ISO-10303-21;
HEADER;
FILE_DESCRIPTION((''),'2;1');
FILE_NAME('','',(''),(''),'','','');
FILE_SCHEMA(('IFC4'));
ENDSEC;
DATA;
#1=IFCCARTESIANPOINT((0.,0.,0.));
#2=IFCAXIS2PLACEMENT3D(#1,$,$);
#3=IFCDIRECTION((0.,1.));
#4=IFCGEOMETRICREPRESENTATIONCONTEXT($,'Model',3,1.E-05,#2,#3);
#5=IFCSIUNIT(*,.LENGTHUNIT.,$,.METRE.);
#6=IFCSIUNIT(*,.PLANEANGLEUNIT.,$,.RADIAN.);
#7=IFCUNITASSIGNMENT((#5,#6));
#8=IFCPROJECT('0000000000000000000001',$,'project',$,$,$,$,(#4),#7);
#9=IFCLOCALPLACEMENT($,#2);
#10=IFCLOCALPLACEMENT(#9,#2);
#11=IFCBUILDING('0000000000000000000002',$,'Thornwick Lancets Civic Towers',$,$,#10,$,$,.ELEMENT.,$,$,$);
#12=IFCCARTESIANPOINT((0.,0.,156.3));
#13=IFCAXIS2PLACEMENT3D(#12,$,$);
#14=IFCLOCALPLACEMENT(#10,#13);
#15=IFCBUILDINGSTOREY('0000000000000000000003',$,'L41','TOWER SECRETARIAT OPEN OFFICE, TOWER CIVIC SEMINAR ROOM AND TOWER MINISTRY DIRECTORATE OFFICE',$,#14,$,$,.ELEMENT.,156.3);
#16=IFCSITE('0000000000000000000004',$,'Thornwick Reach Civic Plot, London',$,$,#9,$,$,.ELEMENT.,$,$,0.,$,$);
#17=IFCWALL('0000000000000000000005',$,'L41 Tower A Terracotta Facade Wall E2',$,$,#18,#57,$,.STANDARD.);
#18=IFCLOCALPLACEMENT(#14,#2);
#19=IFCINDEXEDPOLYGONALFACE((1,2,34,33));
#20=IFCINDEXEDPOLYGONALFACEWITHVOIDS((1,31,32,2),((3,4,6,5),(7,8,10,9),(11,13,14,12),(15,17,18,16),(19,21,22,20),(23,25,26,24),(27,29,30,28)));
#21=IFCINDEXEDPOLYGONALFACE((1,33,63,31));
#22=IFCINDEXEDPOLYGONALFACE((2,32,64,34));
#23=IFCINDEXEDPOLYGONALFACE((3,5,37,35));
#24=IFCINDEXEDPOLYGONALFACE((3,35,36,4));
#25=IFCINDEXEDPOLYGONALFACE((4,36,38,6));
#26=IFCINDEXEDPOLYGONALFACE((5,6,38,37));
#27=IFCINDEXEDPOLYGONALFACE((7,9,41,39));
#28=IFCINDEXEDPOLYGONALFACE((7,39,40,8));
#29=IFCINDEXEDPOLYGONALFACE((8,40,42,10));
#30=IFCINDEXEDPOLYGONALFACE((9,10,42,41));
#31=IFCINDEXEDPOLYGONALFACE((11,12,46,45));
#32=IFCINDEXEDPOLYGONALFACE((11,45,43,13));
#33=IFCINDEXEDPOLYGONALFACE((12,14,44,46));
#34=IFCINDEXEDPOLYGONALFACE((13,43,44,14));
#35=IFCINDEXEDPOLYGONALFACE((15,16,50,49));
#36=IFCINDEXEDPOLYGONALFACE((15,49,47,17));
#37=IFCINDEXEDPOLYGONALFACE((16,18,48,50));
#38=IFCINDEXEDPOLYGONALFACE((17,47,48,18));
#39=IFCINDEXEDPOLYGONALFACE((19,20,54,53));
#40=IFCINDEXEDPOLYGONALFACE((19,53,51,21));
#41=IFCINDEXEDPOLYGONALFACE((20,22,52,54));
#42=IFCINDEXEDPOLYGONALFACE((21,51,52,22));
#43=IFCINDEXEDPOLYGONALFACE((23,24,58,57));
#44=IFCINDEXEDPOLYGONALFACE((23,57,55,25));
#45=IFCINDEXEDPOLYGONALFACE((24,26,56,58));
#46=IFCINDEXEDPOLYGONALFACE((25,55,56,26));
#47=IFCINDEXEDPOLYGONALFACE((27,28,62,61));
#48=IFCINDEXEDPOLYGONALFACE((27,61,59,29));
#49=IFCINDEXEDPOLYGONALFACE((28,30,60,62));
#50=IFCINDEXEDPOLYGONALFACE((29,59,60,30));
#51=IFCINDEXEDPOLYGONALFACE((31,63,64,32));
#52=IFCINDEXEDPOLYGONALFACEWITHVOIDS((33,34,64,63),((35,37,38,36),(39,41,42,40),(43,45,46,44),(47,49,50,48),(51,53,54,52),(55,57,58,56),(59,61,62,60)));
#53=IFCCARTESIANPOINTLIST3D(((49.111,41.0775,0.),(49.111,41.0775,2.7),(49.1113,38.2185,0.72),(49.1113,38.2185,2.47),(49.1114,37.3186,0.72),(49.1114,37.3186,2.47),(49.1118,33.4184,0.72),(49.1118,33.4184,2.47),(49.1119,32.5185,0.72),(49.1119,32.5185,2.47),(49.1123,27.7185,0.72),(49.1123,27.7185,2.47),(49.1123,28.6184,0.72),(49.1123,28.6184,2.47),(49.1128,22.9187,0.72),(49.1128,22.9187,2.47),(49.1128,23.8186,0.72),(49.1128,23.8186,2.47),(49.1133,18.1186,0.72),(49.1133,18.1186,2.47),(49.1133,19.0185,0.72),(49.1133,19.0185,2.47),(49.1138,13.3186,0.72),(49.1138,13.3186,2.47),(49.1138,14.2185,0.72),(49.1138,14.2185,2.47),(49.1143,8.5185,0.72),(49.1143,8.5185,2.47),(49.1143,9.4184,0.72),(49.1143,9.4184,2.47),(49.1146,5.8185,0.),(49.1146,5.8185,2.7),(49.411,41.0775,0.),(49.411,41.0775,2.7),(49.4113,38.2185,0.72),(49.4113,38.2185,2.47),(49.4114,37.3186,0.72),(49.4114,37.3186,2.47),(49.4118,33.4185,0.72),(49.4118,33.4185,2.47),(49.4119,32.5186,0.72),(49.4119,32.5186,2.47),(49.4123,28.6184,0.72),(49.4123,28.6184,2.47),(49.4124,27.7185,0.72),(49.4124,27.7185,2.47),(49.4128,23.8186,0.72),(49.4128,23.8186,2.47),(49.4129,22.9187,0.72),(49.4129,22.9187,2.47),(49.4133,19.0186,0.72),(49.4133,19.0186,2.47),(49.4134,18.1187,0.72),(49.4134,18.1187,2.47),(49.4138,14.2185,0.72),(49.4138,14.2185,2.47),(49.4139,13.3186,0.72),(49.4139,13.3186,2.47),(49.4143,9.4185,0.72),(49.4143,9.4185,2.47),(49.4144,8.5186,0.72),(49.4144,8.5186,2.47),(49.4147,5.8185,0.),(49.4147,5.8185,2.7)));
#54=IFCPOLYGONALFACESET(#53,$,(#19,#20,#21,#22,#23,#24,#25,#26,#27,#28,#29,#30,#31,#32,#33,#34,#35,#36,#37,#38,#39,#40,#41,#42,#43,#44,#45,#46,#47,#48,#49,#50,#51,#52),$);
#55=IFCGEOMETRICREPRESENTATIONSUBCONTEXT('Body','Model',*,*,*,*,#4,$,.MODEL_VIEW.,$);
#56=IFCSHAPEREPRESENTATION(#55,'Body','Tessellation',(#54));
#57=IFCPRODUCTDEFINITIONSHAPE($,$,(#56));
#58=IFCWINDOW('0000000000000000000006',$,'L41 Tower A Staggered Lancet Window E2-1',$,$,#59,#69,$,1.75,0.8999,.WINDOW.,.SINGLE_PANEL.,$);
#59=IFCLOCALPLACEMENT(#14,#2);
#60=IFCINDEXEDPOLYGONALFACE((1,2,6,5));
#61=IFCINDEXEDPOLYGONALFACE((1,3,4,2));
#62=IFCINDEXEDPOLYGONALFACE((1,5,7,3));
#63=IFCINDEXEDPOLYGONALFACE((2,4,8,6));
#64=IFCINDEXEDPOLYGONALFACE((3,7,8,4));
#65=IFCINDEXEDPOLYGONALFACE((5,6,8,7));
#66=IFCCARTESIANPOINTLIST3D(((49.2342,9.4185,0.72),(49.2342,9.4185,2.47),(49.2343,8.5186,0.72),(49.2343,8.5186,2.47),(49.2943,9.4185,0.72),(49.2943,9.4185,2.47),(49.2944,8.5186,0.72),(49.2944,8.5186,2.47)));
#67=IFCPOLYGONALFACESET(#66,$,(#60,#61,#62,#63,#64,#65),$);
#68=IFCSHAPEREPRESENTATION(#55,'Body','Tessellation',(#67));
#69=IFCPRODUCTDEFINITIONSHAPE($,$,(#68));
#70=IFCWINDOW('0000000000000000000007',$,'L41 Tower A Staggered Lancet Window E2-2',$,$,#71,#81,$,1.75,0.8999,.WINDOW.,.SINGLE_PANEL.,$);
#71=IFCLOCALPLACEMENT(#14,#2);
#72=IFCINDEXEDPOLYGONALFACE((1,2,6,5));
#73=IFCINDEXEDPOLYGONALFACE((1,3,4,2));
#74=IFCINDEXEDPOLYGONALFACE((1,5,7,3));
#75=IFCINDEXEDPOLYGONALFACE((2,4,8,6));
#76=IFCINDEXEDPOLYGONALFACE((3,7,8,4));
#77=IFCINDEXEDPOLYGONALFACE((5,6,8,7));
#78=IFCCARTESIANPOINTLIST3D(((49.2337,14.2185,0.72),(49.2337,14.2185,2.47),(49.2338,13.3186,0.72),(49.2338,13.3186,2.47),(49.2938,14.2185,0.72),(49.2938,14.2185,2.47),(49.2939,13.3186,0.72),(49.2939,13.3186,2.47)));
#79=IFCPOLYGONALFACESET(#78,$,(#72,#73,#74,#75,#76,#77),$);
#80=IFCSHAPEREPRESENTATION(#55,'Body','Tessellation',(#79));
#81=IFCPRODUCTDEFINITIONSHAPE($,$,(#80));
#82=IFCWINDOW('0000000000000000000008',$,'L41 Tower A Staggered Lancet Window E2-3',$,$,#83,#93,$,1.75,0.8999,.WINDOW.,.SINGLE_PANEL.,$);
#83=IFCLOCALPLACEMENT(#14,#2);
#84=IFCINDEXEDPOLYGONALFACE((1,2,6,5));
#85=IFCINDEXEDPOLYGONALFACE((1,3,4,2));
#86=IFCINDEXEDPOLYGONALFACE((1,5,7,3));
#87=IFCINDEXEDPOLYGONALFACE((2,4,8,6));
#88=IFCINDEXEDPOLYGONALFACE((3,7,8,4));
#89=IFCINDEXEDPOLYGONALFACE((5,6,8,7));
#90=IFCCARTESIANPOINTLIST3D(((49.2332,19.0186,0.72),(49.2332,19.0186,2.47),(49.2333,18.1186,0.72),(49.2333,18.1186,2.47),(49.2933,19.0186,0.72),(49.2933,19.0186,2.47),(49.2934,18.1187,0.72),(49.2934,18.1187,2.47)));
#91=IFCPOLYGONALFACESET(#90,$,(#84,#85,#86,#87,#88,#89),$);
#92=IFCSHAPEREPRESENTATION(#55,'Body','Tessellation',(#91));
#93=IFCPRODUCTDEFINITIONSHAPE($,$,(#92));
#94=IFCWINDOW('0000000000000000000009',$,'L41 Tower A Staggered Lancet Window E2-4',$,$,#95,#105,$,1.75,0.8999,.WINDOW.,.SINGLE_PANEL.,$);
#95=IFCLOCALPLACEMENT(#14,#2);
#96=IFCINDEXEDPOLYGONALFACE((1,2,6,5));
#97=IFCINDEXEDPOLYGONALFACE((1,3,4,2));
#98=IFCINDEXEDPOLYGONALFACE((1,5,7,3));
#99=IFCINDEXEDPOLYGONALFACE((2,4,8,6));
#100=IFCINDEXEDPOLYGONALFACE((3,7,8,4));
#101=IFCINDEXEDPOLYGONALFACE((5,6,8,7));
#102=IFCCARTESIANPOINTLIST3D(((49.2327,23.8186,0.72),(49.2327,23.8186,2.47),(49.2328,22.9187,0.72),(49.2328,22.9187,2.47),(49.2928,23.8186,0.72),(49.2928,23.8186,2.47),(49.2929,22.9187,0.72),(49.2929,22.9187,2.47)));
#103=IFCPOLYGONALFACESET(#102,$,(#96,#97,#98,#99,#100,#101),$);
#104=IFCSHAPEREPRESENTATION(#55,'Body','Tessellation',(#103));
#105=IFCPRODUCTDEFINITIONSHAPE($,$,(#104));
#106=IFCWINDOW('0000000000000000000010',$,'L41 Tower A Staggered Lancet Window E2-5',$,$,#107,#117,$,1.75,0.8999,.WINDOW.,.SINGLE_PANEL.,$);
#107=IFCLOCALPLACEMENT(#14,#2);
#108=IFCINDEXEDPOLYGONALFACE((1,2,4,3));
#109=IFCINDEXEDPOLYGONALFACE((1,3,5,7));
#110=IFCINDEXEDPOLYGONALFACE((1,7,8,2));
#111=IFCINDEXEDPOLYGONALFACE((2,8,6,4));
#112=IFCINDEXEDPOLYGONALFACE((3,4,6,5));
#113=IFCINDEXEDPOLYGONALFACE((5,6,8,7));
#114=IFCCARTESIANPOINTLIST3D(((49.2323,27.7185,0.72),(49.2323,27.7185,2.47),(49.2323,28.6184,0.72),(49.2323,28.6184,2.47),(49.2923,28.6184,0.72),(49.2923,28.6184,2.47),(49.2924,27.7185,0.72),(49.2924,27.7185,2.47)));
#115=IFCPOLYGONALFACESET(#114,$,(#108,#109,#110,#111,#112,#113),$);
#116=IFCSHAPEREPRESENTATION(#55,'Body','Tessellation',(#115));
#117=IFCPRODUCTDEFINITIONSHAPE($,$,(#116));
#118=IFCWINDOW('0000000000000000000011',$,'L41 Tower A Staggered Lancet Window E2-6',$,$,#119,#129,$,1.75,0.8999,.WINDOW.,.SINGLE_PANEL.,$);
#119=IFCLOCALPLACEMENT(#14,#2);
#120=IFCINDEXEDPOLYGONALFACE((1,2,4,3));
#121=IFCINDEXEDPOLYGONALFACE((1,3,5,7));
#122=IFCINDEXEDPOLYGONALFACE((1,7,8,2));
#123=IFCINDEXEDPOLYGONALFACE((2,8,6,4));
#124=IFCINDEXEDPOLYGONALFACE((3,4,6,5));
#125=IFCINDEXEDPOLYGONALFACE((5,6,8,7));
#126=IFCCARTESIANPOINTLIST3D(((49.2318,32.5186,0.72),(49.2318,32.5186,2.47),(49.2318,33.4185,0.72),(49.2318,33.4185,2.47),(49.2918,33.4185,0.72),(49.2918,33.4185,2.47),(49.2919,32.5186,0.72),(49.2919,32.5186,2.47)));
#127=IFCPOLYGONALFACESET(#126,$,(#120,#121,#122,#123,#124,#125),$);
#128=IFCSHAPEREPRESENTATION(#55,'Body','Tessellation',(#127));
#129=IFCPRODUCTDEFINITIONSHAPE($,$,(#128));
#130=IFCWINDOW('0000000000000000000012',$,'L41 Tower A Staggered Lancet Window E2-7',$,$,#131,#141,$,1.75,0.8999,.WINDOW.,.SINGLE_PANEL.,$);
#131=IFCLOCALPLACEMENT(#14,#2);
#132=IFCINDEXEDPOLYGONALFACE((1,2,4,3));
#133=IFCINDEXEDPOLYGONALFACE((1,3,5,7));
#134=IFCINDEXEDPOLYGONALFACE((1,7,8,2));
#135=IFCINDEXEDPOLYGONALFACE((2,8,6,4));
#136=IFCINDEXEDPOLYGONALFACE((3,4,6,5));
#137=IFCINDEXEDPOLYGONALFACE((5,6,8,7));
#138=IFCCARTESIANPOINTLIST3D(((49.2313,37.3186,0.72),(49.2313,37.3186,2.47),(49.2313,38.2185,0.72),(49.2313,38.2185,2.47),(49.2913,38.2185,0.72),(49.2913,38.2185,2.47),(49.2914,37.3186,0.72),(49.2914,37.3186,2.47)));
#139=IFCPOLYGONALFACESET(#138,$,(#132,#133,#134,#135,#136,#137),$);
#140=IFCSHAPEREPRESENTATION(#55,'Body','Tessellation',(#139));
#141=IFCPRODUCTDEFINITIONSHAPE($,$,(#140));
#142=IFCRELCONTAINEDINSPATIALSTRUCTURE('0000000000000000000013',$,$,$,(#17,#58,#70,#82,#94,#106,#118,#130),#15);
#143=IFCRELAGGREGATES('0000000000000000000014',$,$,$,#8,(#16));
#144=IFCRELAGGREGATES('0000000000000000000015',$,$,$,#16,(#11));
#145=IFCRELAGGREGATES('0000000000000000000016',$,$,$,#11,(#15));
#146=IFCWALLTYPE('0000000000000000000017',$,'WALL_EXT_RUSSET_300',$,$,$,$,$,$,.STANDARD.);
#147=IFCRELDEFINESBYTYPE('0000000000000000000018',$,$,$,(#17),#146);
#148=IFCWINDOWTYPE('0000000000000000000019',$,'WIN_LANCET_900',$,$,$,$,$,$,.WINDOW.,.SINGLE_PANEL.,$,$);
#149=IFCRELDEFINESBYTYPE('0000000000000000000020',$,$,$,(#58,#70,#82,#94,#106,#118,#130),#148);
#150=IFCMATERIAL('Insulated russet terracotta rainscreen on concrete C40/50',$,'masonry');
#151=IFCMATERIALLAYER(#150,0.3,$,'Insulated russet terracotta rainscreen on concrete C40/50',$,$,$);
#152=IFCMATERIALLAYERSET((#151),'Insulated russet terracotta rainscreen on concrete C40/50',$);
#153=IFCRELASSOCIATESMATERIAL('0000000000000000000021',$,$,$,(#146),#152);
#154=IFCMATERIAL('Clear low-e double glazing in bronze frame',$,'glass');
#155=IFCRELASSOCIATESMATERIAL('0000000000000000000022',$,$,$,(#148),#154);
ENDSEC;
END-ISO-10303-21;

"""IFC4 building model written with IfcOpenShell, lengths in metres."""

from ifc_helpers import new_model, si_unit, direction, frame, frame_2d, origin, place, context, subcontext, project, spatial, rectangle, extrude, material, layer, layer_set, type_object, element, fill, save


model = new_model("IFC4")

# Units and contexts
model_context = context("Model", 3, precision=1e-05, world=origin(), true_north=direction((0.0, 1.0)))
body_context = subcontext(model_context, "Body", "Model", "MODEL_VIEW")
ifc_project = project(units=[si_unit("LENGTHUNIT", "METRE"), si_unit("PLANEANGLEUNIT", "RADIAN")], contexts=[model_context])

# Site, building, storey
site_placement = place(None, origin())
site = spatial("IfcSite", under=ifc_project, at=site_placement, Name="Thornwick Reach Civic Plot, London", CompositionType="ELEMENT", RefElevation=0.0)
building_placement = place(site_placement, origin())
building = spatial("IfcBuilding", under=site, at=building_placement, Name="Thornwick Lancets Civic Towers", CompositionType="ELEMENT")
storey_placement = place(building_placement, frame((0.0, 0.0, 156.3)))
storey = spatial("IfcBuildingStorey", under=building, at=storey_placement, Name="L41", Description="TOWER SECRETARIAT OPEN OFFICE, TOWER CIVIC SEMINAR ROOM AND TOWER MINISTRY DIRECTORATE OFFICE", CompositionType="ELEMENT", Elevation=156.3)

# Wall, openings, windows
ifc_material_1 = material(Name="Insulated russet terracotta rainscreen on concrete C40/50", Category="masonry")
ifc_layer_1 = layer(ifc_material_1, 0.3, Name="Insulated russet terracotta rainscreen on concrete C40/50")
ifc_layer_set_1 = layer_set([ifc_layer_1], Name="Insulated russet terracotta rainscreen on concrete C40/50")
wall_type_1 = type_object("IfcWallType", Name="WALL_EXT_RUSSET_300", PredefinedType="STANDARD", material=ifc_layer_set_1)
wall_1_placement = place(storey_placement, frame((49.2646, 5.8186, 0.0), z_axis=(0.0, 0.0, 1.0), x_axis=(-0.000104, 1.0, 0.0)))
wall_1 = element("IfcWall", 1, at=wall_1_placement, inside=storey, type_object=wall_type_1, Name="L41 Tower A Terracotta Facade Wall E2", PredefinedType="STANDARD", context=body_context, shape_type="SweptSolid", body=[
    extrude(rectangle(XDim=35.259, YDim=0.3, at=frame_2d((17.6294, 0.0))), origin(), (0.0, 0.0, 1.0), 2.7),
])
opening_1_placement = place(wall_1_placement, frame((2.7, 0.0, 0.72)))
opening_1 = element("IfcOpeningElement", 2, at=opening_1_placement, cuts=wall_1, PredefinedType="OPENING", context=body_context, shape_type="SweptSolid", body=[
    extrude(rectangle(XDim=0.8999, YDim=1.75, at=frame_2d((0.45, 0.875))), frame((0.0, 0.1602, 0.0), z_axis=(0.0, -1.0, 0.0), x_axis=(1.0, 0.0, 0.0)), (0.0, 0.0, 1.0), 0.3201),
])
opening_2_placement = place(wall_1_placement, frame((7.5, 0.0, 0.72)))
opening_2 = element("IfcOpeningElement", 3, at=opening_2_placement, cuts=wall_1, PredefinedType="OPENING", context=body_context, shape_type="SweptSolid", body=[
    extrude(rectangle(XDim=0.8999, YDim=1.75, at=frame_2d((0.45, 0.875))), frame((0.0, 0.1602, 0.0), z_axis=(0.0, -1.0, 0.0), x_axis=(1.0, 0.0, 0.0)), (0.0, 0.0, 1.0), 0.3201),
])
opening_3_placement = place(wall_1_placement, frame((12.3, 0.0, 0.72)))
opening_3 = element("IfcOpeningElement", 4, at=opening_3_placement, cuts=wall_1, PredefinedType="OPENING", context=body_context, shape_type="SweptSolid", body=[
    extrude(rectangle(XDim=0.8999, YDim=1.75, at=frame_2d((0.45, 0.875))), frame((0.0, 0.1602, 0.0), z_axis=(0.0, -1.0, 0.0), x_axis=(1.0, 0.0, 0.0)), (0.0, 0.0, 1.0), 0.3201),
])
opening_4_placement = place(wall_1_placement, frame((17.1001, 0.0, 0.72)))
opening_4 = element("IfcOpeningElement", 5, at=opening_4_placement, cuts=wall_1, PredefinedType="OPENING", context=body_context, shape_type="SweptSolid", body=[
    extrude(rectangle(XDim=0.8999, YDim=1.75, at=frame_2d((0.45, 0.875))), frame((0.0, 0.1602, 0.0), z_axis=(0.0, -1.0, 0.0), x_axis=(1.0, 0.0, 0.0)), (0.0, 0.0, 1.0), 0.3201),
])
opening_5_placement = place(wall_1_placement, frame((21.8999, 0.0, 0.72)))
opening_5 = element("IfcOpeningElement", 6, at=opening_5_placement, cuts=wall_1, PredefinedType="OPENING", context=body_context, shape_type="SweptSolid", body=[
    extrude(rectangle(XDim=0.8999, YDim=1.75, at=frame_2d((0.45, 0.875))), frame((0.0, 0.1602, 0.0), z_axis=(0.0, -1.0, 0.0), x_axis=(1.0, 0.0, 0.0)), (0.0, 0.0, 1.0), 0.3201),
])
opening_6_placement = place(wall_1_placement, frame((26.7, 0.0, 0.72)))
opening_6 = element("IfcOpeningElement", 7, at=opening_6_placement, cuts=wall_1, PredefinedType="OPENING", context=body_context, shape_type="SweptSolid", body=[
    extrude(rectangle(XDim=0.8999, YDim=1.75, at=frame_2d((0.45, 0.875))), frame((0.0, 0.1602, 0.0), z_axis=(0.0, -1.0, 0.0), x_axis=(1.0, 0.0, 0.0)), (0.0, 0.0, 1.0), 0.3201),
])
opening_7_placement = place(wall_1_placement, frame((31.5, 0.0, 0.72)))
opening_7 = element("IfcOpeningElement", 8, at=opening_7_placement, cuts=wall_1, PredefinedType="OPENING", context=body_context, shape_type="SweptSolid", body=[
    extrude(rectangle(XDim=0.8999, YDim=1.75, at=frame_2d((0.45, 0.875))), frame((0.0, 0.1602, 0.0), z_axis=(0.0, -1.0, 0.0), x_axis=(1.0, 0.0, 0.0)), (0.0, 0.0, 1.0), 0.3201),
])
ifc_material_2 = material(Name="Clear low-e double glazing in bronze frame", Category="glass")
window_type = type_object("IfcWindowType", Name="WIN_LANCET_900", PartitioningType="SINGLE_PANEL", PredefinedType="WINDOW", material=ifc_material_2)
window_1_placement = place(opening_1_placement, origin())
window_1 = element("IfcWindow", 9, at=window_1_placement, inside=storey, type_object=window_type, Name="L41 Tower A Staggered Lancet Window E2-1", OverallHeight=1.75, OverallWidth=0.8999, PartitioningType="SINGLE_PANEL", PredefinedType="WINDOW", context=body_context, shape_type="SweptSolid", body=[
    extrude(rectangle(XDim=0.8999, YDim=1.75, at=frame_2d((0.45, 0.875))), frame((0.0, 0.03, 0.0), z_axis=(0.0, -1.0, 0.0), x_axis=(1.0, 0.0, 0.0)), (0.0, 0.0, 1.0), 0.0601),
])
fill(opening_1, window_1)
window_2_placement = place(opening_2_placement, origin())
window_2 = element("IfcWindow", 10, at=window_2_placement, inside=storey, type_object=window_type, Name="L41 Tower A Staggered Lancet Window E2-2", OverallHeight=1.75, OverallWidth=0.8999, PartitioningType="SINGLE_PANEL", PredefinedType="WINDOW", context=body_context, shape_type="SweptSolid", body=[
    extrude(rectangle(XDim=0.8999, YDim=1.75, at=frame_2d((0.45, 0.875))), frame((0.0, 0.03, 0.0), z_axis=(0.0, -1.0, 0.0), x_axis=(1.0, 0.0, 0.0)), (0.0, 0.0, 1.0), 0.0601),
])
fill(opening_2, window_2)
window_3_placement = place(opening_3_placement, origin())
window_3 = element("IfcWindow", 11, at=window_3_placement, inside=storey, type_object=window_type, Name="L41 Tower A Staggered Lancet Window E2-3", OverallHeight=1.75, OverallWidth=0.8999, PartitioningType="SINGLE_PANEL", PredefinedType="WINDOW", context=body_context, shape_type="SweptSolid", body=[
    extrude(rectangle(XDim=0.8999, YDim=1.75, at=frame_2d((0.45, 0.875))), frame((0.0, 0.03, 0.0), z_axis=(0.0, -1.0, 0.0), x_axis=(1.0, 0.0, 0.0)), (0.0, 0.0, 1.0), 0.0601),
])
fill(opening_3, window_3)
window_4_placement = place(opening_4_placement, origin())
window_4 = element("IfcWindow", 12, at=window_4_placement, inside=storey, type_object=window_type, Name="L41 Tower A Staggered Lancet Window E2-4", OverallHeight=1.75, OverallWidth=0.8999, PartitioningType="SINGLE_PANEL", PredefinedType="WINDOW", context=body_context, shape_type="SweptSolid", body=[
    extrude(rectangle(XDim=0.8999, YDim=1.75, at=frame_2d((0.45, 0.875))), frame((0.0, 0.03, 0.0), z_axis=(0.0, -1.0, 0.0), x_axis=(1.0, 0.0, 0.0)), (0.0, 0.0, 1.0), 0.0601),
])
fill(opening_4, window_4)
window_5_placement = place(opening_5_placement, origin())
window_5 = element("IfcWindow", 13, at=window_5_placement, inside=storey, type_object=window_type, Name="L41 Tower A Staggered Lancet Window E2-5", OverallHeight=1.75, OverallWidth=0.8999, PartitioningType="SINGLE_PANEL", PredefinedType="WINDOW", context=body_context, shape_type="SweptSolid", body=[
    extrude(rectangle(XDim=0.8999, YDim=1.75, at=frame_2d((0.45, 0.875))), frame((0.0, 0.03, 0.0), z_axis=(0.0, -1.0, 0.0), x_axis=(1.0, 0.0, 0.0)), (0.0, 0.0, 1.0), 0.0601),
])
fill(opening_5, window_5)
window_6_placement = place(opening_6_placement, origin())
window_6 = element("IfcWindow", 14, at=window_6_placement, inside=storey, type_object=window_type, Name="L41 Tower A Staggered Lancet Window E2-6", OverallHeight=1.75, OverallWidth=0.8999, PartitioningType="SINGLE_PANEL", PredefinedType="WINDOW", context=body_context, shape_type="SweptSolid", body=[
    extrude(rectangle(XDim=0.8999, YDim=1.75, at=frame_2d((0.45, 0.875))), frame((0.0, 0.03, 0.0), z_axis=(0.0, -1.0, 0.0), x_axis=(1.0, 0.0, 0.0)), (0.0, 0.0, 1.0), 0.0601),
])
fill(opening_6, window_6)
window_7_placement = place(opening_7_placement, origin())
window_7 = element("IfcWindow", 15, at=window_7_placement, inside=storey, type_object=window_type, Name="L41 Tower A Staggered Lancet Window E2-7", OverallHeight=1.75, OverallWidth=0.8999, PartitioningType="SINGLE_PANEL", PredefinedType="WINDOW", context=body_context, shape_type="SweptSolid", body=[
    extrude(rectangle(XDim=0.8999, YDim=1.75, at=frame_2d((0.45, 0.875))), frame((0.0, 0.03, 0.0), z_axis=(0.0, -1.0, 0.0), x_axis=(1.0, 0.0, 0.0)), (0.0, 0.0, 1.0), 0.0601),
])
fill(opening_7, window_7)

save(model, "model.ifc")
